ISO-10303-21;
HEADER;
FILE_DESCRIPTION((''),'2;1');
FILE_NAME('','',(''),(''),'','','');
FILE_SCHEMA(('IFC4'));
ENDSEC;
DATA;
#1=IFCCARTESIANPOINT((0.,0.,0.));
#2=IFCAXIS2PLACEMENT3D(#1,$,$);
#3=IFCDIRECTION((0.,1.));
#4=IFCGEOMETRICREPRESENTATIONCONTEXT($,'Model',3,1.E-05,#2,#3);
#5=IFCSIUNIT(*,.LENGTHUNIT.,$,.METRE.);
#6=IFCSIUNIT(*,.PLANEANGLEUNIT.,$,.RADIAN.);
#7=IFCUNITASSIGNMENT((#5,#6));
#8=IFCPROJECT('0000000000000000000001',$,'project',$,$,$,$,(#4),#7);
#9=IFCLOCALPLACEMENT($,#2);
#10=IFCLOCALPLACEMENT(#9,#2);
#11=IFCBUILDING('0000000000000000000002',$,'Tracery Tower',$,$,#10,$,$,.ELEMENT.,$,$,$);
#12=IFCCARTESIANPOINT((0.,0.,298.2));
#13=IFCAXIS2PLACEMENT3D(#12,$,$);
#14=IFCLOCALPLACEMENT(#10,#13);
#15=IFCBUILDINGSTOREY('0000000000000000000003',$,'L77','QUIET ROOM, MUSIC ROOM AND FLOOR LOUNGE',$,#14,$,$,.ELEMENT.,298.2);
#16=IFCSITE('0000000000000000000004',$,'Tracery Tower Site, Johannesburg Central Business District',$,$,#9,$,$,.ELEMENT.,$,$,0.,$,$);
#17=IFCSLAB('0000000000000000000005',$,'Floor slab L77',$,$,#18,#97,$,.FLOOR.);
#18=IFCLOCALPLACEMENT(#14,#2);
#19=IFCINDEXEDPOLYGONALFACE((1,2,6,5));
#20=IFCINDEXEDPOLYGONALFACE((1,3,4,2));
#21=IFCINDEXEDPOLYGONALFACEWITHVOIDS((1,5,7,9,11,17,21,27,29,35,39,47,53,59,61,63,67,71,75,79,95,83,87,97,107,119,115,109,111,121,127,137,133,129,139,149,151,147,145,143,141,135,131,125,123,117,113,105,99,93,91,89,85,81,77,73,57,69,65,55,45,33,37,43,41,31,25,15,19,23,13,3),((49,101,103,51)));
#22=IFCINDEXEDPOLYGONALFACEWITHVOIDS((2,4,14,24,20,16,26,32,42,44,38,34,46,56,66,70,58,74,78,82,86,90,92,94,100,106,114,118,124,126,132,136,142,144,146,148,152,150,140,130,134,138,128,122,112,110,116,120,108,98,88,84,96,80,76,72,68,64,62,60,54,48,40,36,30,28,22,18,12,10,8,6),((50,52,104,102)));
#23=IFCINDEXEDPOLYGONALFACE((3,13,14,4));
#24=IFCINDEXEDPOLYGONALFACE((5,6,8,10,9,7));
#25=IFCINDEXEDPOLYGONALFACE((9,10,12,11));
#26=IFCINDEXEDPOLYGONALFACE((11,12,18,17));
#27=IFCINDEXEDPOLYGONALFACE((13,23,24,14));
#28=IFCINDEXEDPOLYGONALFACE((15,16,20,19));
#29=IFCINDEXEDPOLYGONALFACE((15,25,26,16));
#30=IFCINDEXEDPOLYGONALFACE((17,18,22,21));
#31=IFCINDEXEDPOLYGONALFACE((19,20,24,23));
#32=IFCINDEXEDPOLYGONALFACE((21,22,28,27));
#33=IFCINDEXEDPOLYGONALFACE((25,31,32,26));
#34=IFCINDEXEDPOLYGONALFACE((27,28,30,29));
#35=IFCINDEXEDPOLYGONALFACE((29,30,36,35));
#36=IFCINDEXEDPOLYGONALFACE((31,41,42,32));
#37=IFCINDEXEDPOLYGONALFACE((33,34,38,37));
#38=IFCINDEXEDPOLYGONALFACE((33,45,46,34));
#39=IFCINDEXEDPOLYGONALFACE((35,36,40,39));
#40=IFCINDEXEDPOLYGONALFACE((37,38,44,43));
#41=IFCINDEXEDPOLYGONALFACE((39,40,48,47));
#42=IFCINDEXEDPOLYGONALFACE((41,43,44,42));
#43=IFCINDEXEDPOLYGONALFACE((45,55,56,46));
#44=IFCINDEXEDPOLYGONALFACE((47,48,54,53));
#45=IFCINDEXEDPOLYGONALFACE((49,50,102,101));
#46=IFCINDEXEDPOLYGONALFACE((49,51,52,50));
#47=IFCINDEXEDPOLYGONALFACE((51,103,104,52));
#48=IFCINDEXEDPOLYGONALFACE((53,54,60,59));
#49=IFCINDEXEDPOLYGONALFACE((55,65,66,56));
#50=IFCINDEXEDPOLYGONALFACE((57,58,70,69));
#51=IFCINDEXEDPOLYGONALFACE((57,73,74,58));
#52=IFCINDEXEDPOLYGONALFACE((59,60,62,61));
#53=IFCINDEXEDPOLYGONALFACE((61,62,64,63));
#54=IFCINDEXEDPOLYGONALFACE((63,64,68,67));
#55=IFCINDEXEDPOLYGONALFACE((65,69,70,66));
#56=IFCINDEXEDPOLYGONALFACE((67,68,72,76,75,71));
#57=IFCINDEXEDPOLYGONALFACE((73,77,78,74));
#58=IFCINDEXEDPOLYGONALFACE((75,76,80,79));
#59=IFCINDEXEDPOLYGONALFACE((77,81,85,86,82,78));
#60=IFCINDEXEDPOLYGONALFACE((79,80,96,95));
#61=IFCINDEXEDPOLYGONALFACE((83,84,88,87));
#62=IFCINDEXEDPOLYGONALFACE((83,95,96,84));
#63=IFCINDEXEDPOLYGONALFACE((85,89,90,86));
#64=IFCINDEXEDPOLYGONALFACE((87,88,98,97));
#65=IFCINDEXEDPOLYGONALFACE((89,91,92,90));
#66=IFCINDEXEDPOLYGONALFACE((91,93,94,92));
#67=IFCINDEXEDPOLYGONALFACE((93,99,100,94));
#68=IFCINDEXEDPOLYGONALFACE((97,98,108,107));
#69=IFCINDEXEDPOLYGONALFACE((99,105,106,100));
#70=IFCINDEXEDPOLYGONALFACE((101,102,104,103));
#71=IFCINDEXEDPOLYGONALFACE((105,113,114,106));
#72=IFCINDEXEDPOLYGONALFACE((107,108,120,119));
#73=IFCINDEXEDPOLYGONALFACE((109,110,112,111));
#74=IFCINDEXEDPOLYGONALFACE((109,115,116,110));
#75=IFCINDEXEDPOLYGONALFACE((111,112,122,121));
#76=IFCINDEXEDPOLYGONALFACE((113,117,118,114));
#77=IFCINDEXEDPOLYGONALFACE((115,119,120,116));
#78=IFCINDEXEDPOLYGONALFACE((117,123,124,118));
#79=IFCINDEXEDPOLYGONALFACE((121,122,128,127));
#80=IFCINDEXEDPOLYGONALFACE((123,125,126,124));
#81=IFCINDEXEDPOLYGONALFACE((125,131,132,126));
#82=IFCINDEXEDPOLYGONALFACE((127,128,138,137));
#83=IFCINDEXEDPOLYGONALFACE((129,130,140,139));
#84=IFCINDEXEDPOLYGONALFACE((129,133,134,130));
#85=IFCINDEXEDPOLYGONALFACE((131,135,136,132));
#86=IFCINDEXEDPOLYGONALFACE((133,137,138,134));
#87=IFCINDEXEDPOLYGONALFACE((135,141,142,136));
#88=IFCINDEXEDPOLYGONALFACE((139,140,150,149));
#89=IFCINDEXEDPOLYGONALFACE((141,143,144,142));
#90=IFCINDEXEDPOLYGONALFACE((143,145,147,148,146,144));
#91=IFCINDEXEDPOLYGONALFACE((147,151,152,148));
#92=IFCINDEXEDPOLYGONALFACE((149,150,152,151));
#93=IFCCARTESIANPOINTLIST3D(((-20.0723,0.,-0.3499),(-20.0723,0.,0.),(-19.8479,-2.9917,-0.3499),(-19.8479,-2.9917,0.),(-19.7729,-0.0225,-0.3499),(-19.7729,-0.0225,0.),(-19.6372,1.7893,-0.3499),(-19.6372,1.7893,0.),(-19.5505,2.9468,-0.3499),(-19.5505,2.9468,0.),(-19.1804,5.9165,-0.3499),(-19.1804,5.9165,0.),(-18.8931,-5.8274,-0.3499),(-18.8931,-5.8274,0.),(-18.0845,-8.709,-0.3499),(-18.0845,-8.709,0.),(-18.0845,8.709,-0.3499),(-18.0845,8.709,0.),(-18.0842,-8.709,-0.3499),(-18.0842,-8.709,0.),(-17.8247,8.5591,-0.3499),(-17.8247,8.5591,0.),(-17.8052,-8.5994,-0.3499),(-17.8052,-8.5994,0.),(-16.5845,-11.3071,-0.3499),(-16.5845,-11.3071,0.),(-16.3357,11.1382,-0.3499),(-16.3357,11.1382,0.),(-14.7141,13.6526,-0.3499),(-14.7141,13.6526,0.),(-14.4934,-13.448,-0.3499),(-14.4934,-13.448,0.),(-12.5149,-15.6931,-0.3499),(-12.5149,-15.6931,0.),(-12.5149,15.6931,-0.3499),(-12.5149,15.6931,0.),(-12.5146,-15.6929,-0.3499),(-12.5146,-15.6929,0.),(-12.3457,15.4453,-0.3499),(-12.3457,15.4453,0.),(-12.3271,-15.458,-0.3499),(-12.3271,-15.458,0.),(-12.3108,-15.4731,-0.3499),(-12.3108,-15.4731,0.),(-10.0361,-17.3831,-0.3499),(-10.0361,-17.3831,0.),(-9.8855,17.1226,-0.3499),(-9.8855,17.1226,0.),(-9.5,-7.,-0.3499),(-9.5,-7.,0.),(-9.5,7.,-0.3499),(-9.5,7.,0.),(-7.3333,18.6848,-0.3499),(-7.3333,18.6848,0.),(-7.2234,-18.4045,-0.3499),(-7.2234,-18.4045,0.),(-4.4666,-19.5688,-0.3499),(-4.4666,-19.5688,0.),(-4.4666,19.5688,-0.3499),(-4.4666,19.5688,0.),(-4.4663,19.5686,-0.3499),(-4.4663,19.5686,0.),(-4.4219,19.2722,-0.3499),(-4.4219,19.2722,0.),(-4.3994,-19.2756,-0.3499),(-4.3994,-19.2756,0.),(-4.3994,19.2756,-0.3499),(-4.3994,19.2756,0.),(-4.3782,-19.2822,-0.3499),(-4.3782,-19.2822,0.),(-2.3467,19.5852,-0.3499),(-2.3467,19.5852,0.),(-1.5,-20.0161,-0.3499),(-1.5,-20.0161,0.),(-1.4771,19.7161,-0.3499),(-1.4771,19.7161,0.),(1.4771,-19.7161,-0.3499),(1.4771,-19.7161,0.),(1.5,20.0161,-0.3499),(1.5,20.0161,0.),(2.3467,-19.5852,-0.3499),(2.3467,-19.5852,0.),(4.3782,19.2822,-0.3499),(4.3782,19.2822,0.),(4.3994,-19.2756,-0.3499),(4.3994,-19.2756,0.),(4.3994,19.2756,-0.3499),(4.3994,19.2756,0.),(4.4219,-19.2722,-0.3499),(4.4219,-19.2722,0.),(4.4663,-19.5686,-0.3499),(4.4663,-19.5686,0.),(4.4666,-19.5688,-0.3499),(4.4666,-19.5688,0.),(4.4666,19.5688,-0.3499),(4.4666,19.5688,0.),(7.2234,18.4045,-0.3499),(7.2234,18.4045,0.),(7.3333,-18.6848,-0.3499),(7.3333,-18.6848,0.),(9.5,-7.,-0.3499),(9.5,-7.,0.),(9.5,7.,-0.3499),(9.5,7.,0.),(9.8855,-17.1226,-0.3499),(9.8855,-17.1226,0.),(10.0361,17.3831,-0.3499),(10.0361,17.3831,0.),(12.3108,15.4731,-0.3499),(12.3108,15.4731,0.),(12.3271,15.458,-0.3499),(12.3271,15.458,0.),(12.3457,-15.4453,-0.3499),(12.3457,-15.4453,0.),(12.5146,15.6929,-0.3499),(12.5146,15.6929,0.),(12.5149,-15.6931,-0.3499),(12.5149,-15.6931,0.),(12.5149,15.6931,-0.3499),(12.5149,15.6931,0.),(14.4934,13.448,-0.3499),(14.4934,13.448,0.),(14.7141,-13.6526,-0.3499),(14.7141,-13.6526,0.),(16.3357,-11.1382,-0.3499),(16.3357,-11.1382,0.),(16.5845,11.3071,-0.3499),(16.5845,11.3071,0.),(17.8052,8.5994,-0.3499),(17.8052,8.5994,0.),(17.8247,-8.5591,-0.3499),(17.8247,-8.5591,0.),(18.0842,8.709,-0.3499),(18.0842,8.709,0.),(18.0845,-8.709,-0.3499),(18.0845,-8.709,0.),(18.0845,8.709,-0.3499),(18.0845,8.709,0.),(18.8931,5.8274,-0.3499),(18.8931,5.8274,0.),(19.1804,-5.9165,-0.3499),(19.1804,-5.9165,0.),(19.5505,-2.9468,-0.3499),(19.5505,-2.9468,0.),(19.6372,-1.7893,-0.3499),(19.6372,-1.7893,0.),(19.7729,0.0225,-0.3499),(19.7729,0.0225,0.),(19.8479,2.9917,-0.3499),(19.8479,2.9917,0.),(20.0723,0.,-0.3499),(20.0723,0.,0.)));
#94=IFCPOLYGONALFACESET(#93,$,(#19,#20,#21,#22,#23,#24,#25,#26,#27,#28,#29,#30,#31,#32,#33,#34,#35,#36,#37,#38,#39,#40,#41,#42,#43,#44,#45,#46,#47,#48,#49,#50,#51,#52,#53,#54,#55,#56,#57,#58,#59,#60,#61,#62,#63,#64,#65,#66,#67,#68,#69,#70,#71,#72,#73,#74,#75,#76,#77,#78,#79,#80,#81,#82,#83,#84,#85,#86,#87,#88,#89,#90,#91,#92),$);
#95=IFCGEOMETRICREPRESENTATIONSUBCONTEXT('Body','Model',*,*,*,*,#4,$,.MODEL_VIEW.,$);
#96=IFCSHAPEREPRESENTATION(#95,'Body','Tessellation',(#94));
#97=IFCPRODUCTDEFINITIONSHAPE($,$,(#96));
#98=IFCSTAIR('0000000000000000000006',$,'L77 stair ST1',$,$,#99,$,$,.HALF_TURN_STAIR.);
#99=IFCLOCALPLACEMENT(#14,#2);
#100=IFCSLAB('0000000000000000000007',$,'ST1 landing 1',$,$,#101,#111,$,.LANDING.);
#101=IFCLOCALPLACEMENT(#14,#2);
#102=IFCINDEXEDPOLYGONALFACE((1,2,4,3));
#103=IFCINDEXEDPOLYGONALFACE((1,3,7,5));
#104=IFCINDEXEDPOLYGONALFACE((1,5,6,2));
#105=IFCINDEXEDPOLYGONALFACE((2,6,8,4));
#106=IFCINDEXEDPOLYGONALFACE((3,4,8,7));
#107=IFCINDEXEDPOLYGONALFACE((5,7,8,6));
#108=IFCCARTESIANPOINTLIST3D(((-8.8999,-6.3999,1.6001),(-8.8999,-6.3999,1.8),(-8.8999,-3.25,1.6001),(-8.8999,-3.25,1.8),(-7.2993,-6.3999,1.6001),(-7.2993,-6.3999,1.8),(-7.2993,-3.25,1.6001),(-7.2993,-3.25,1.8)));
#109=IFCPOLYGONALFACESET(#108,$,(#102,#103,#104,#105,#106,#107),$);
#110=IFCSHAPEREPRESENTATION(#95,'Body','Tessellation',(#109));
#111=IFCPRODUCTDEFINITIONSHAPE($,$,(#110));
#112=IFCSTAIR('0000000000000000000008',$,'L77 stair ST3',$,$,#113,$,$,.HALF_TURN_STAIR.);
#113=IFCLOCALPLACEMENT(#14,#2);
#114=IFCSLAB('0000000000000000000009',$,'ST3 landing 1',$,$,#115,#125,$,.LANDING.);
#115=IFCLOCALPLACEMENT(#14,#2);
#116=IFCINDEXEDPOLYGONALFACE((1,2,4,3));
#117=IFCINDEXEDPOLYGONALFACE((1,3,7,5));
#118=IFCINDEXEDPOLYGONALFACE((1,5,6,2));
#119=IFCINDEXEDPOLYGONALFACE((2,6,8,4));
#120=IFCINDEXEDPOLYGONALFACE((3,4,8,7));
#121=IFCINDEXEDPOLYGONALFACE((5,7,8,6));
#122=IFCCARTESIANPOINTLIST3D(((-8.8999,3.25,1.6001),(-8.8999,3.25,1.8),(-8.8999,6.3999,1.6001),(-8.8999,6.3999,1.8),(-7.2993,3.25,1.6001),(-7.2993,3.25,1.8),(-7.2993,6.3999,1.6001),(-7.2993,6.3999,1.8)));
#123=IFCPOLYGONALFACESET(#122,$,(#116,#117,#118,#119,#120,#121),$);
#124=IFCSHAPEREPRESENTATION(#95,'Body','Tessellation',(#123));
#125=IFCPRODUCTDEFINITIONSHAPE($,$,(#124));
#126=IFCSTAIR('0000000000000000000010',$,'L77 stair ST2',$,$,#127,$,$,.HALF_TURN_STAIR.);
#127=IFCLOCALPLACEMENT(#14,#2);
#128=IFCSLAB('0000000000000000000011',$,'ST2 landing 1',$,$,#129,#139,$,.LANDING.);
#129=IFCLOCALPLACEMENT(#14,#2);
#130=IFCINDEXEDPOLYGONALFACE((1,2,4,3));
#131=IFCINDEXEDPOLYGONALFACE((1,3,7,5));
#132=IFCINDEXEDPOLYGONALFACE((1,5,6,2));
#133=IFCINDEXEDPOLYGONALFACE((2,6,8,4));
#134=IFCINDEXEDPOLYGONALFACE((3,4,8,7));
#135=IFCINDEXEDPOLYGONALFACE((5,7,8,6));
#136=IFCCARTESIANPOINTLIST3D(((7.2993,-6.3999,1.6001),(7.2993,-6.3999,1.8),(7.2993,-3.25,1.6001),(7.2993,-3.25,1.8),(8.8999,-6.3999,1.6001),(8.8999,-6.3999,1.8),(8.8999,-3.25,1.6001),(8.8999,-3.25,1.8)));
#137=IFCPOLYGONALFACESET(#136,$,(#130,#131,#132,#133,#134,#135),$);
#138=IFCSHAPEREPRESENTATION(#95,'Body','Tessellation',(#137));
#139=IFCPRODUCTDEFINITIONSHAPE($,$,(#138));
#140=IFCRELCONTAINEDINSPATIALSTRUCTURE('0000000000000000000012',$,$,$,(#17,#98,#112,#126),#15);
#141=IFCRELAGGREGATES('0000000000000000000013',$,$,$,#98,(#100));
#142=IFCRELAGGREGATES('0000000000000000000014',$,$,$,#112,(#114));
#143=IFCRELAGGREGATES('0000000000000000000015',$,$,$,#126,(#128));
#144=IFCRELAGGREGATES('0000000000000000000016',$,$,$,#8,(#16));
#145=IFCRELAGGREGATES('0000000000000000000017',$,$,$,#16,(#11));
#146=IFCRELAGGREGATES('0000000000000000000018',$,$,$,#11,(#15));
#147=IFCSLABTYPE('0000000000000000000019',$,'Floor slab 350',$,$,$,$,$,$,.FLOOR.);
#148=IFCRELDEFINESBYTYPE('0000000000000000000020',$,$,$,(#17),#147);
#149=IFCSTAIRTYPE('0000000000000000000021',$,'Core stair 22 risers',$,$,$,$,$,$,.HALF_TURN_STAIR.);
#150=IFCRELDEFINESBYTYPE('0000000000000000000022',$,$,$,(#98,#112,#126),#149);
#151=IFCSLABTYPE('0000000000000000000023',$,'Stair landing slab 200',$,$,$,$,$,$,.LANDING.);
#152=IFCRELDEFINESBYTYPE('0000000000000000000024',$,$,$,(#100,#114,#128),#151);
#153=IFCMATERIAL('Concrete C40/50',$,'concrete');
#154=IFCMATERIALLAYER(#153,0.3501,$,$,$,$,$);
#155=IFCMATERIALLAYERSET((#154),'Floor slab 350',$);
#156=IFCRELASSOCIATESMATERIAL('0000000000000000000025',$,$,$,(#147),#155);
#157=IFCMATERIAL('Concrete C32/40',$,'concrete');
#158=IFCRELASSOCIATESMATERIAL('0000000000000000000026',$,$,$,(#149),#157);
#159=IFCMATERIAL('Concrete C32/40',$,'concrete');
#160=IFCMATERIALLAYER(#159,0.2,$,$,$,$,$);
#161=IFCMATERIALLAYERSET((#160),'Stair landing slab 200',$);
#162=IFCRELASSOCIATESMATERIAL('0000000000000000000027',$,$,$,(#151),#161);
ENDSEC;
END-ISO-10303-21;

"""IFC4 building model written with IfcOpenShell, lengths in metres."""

from ifc_helpers import new_model, si_unit, direction, frame, origin, place, context, subcontext, project, spatial, polyline, outline, extrude, material, layer, layer_set, type_object, element, aggregate, save


model = new_model("IFC4")

# Units and contexts
model_context = context("Model", 3, precision=1e-05, world=origin(), true_north=direction((0.0, 1.0)))
body_context = subcontext(model_context, "Body", "Model", "MODEL_VIEW")
ifc_project = project(units=[si_unit("LENGTHUNIT", "METRE"), si_unit("PLANEANGLEUNIT", "RADIAN")], contexts=[model_context])

# Site, building, storey
site_placement = place(None, origin())
site = spatial("IfcSite", under=ifc_project, at=site_placement, Name="Tracery Tower Site, Johannesburg Central Business District", CompositionType="ELEMENT", RefElevation=0.0)
building_placement = place(site_placement, origin())
building = spatial("IfcBuilding", under=site, at=building_placement, Name="Tracery Tower", CompositionType="ELEMENT")
storey_placement = place(building_placement, frame((0.0, 0.0, 298.2)))
storey = spatial("IfcBuildingStorey", under=building, at=storey_placement, Name="L77", Description="QUIET ROOM, MUSIC ROOM AND FLOOR LOUNGE", CompositionType="ELEMENT", Elevation=298.2)

# Slab
ifc_material_1 = material(Name="Concrete C40/50", Category="concrete")
ifc_layer_1 = layer(ifc_material_1, 0.3501)
ifc_layer_set_1 = layer_set([ifc_layer_1], Name="Floor slab 350")
slab_type_1 = type_object("IfcSlabType", Name="Floor slab 350", PredefinedType="FLOOR", material=ifc_layer_set_1)
slab_1_placement = place(storey_placement, frame((0.0, 0.0, -0.3499)))
element("IfcSlab", 1, at=slab_1_placement, inside=storey, type_object=slab_type_1, Name="Floor slab L77", PredefinedType="FLOOR", context=body_context, shape_type="SweptSolid", body=[
    extrude(outline(polyline([(18.8931, 5.8274), (17.8052, 8.5994), (18.0842, 8.709), (18.0845, 8.709), (16.5845, 11.3071), (14.4934, 13.448), (12.3271, 15.458), (12.3271, 15.458), (12.3108, 15.4731), (12.5146, 15.6929), (12.5149, 15.6931), (10.0361, 17.3831), (7.2234, 18.4045), (4.3994, 19.2756), (4.3994, 19.2756), (4.3782, 19.2822), (4.4666, 19.5688), (1.5, 20.0161), (-1.4771, 19.7161), (-2.3467, 19.5852), (-4.3994, 19.2756), (-4.3994, 19.2756), (-4.4219, 19.2722), (-4.4663, 19.5686), (-4.4666, 19.5688), (-7.3333, 18.6848), (-9.8855, 17.1226), (-12.3457, 15.4453), (-12.5149, 15.6931), (-14.7141, 13.6526), (-16.3357, 11.1382), (-17.8247, 8.5591), (-18.0845, 8.709), (-19.1804, 5.9165), (-19.5505, 2.9468), (-19.6372, 1.7893), (-19.7729, -0.0225), (-20.0723, 0.0), (-20.0723, 0.0), (-19.8479, -2.9917), (-18.8931, -5.8274), (-17.8052, -8.5994), (-18.0842, -8.709), (-18.0845, -8.709), (-16.5845, -11.3071), (-14.4934, -13.448), (-12.3271, -15.458), (-12.3271, -15.458), (-12.3108, -15.4731), (-12.5146, -15.6929), (-12.5149, -15.6931), (-10.0361, -17.3831), (-7.2234, -18.4045), (-4.3994, -19.2756), (-4.3994, -19.2756), (-4.3782, -19.2822), (-4.4666, -19.5688), (-1.5, -20.0161), (1.4771, -19.7161), (2.3467, -19.5852), (4.3994, -19.2756), (4.3994, -19.2756), (4.4219, -19.2722), (4.4663, -19.5686), (4.4666, -19.5688), (7.3333, -18.6848), (9.8855, -17.1226), (12.3457, -15.4453), (12.5149, -15.6931), (14.7141, -13.6526), (16.3357, -11.1382), (17.8247, -8.5591), (18.0845, -8.709), (19.1804, -5.9165), (19.5505, -2.9468), (19.6372, -1.7893), (19.7729, 0.0225), (20.0723, 0.0), (19.8479, 2.9917), (18.8931, 5.8274)]), holes=[polyline([(-9.5, -7.0), (9.5, -7.0), (9.5, 7.0), (-9.5, 7.0), (-9.5, -7.0)])]), origin(), (0.0, 0.0, 1.0), 0.3499),
])

# Stairs, slabs
ifc_material_2 = material(Name="Concrete C32/40", Category="concrete")
stair_type = type_object("IfcStairType", Name="Core stair 22 risers", PredefinedType="HALF_TURN_STAIR", material=ifc_material_2)
stair_1_placement = place(storey_placement, origin())
stair_1 = element("IfcStair", 2, at=stair_1_placement, inside=storey, type_object=stair_type, Name="L77 stair ST1", PredefinedType="HALF_TURN_STAIR")
ifc_material_3 = material(Name="Concrete C32/40", Category="concrete")
ifc_layer_2 = layer(ifc_material_3, 0.2)
ifc_layer_set_2 = layer_set([ifc_layer_2], Name="Stair landing slab 200")
slab_type_2 = type_object("IfcSlabType", Name="Stair landing slab 200", PredefinedType="LANDING", material=ifc_layer_set_2)
slab_2_placement = place(storey_placement, frame((0.0, 0.0, 1.6001)))
slab_2 = element("IfcSlab", 3, at=slab_2_placement, type_object=slab_type_2, Name="ST1 landing 1", PredefinedType="LANDING", context=body_context, shape_type="SweptSolid", body=[
    extrude(outline(polyline([(-7.2993, -3.25), (-8.8999, -3.25), (-8.8999, -6.3999), (-7.2993, -6.3999), (-7.2993, -3.25)])), origin(), (0.0, 0.0, 1.0), 0.2),
])
aggregate(stair_1, [slab_2])
stair_2_placement = place(storey_placement, origin())
stair_2 = element("IfcStair", 4, at=stair_2_placement, inside=storey, type_object=stair_type, Name="L77 stair ST3", PredefinedType="HALF_TURN_STAIR")
slab_3_placement = place(storey_placement, frame((0.0, 0.0, 1.6001)))
slab_3 = element("IfcSlab", 5, at=slab_3_placement, type_object=slab_type_2, Name="ST3 landing 1", PredefinedType="LANDING", context=body_context, shape_type="SweptSolid", body=[
    extrude(outline(polyline([(-7.2993, 6.3999), (-8.8999, 6.3999), (-8.8999, 3.25), (-7.2993, 3.25), (-7.2993, 6.3999)])), origin(), (0.0, 0.0, 1.0), 0.2),
])
aggregate(stair_2, [slab_3])
stair_3_placement = place(storey_placement, origin())
stair_3 = element("IfcStair", 6, at=stair_3_placement, inside=storey, type_object=stair_type, Name="L77 stair ST2", PredefinedType="HALF_TURN_STAIR")
slab_4_placement = place(storey_placement, frame((0.0, 0.0, 1.6001)))
slab_4 = element("IfcSlab", 7, at=slab_4_placement, type_object=slab_type_2, Name="ST2 landing 1", PredefinedType="LANDING", context=body_context, shape_type="SweptSolid", body=[
    extrude(outline(polyline([(7.2993, -6.3999), (8.8999, -6.3999), (8.8999, -3.25), (7.2993, -3.25), (7.2993, -6.3999)])), origin(), (0.0, 0.0, 1.0), 0.2),
])
aggregate(stair_3, [slab_4])

save(model, "model.ifc")
